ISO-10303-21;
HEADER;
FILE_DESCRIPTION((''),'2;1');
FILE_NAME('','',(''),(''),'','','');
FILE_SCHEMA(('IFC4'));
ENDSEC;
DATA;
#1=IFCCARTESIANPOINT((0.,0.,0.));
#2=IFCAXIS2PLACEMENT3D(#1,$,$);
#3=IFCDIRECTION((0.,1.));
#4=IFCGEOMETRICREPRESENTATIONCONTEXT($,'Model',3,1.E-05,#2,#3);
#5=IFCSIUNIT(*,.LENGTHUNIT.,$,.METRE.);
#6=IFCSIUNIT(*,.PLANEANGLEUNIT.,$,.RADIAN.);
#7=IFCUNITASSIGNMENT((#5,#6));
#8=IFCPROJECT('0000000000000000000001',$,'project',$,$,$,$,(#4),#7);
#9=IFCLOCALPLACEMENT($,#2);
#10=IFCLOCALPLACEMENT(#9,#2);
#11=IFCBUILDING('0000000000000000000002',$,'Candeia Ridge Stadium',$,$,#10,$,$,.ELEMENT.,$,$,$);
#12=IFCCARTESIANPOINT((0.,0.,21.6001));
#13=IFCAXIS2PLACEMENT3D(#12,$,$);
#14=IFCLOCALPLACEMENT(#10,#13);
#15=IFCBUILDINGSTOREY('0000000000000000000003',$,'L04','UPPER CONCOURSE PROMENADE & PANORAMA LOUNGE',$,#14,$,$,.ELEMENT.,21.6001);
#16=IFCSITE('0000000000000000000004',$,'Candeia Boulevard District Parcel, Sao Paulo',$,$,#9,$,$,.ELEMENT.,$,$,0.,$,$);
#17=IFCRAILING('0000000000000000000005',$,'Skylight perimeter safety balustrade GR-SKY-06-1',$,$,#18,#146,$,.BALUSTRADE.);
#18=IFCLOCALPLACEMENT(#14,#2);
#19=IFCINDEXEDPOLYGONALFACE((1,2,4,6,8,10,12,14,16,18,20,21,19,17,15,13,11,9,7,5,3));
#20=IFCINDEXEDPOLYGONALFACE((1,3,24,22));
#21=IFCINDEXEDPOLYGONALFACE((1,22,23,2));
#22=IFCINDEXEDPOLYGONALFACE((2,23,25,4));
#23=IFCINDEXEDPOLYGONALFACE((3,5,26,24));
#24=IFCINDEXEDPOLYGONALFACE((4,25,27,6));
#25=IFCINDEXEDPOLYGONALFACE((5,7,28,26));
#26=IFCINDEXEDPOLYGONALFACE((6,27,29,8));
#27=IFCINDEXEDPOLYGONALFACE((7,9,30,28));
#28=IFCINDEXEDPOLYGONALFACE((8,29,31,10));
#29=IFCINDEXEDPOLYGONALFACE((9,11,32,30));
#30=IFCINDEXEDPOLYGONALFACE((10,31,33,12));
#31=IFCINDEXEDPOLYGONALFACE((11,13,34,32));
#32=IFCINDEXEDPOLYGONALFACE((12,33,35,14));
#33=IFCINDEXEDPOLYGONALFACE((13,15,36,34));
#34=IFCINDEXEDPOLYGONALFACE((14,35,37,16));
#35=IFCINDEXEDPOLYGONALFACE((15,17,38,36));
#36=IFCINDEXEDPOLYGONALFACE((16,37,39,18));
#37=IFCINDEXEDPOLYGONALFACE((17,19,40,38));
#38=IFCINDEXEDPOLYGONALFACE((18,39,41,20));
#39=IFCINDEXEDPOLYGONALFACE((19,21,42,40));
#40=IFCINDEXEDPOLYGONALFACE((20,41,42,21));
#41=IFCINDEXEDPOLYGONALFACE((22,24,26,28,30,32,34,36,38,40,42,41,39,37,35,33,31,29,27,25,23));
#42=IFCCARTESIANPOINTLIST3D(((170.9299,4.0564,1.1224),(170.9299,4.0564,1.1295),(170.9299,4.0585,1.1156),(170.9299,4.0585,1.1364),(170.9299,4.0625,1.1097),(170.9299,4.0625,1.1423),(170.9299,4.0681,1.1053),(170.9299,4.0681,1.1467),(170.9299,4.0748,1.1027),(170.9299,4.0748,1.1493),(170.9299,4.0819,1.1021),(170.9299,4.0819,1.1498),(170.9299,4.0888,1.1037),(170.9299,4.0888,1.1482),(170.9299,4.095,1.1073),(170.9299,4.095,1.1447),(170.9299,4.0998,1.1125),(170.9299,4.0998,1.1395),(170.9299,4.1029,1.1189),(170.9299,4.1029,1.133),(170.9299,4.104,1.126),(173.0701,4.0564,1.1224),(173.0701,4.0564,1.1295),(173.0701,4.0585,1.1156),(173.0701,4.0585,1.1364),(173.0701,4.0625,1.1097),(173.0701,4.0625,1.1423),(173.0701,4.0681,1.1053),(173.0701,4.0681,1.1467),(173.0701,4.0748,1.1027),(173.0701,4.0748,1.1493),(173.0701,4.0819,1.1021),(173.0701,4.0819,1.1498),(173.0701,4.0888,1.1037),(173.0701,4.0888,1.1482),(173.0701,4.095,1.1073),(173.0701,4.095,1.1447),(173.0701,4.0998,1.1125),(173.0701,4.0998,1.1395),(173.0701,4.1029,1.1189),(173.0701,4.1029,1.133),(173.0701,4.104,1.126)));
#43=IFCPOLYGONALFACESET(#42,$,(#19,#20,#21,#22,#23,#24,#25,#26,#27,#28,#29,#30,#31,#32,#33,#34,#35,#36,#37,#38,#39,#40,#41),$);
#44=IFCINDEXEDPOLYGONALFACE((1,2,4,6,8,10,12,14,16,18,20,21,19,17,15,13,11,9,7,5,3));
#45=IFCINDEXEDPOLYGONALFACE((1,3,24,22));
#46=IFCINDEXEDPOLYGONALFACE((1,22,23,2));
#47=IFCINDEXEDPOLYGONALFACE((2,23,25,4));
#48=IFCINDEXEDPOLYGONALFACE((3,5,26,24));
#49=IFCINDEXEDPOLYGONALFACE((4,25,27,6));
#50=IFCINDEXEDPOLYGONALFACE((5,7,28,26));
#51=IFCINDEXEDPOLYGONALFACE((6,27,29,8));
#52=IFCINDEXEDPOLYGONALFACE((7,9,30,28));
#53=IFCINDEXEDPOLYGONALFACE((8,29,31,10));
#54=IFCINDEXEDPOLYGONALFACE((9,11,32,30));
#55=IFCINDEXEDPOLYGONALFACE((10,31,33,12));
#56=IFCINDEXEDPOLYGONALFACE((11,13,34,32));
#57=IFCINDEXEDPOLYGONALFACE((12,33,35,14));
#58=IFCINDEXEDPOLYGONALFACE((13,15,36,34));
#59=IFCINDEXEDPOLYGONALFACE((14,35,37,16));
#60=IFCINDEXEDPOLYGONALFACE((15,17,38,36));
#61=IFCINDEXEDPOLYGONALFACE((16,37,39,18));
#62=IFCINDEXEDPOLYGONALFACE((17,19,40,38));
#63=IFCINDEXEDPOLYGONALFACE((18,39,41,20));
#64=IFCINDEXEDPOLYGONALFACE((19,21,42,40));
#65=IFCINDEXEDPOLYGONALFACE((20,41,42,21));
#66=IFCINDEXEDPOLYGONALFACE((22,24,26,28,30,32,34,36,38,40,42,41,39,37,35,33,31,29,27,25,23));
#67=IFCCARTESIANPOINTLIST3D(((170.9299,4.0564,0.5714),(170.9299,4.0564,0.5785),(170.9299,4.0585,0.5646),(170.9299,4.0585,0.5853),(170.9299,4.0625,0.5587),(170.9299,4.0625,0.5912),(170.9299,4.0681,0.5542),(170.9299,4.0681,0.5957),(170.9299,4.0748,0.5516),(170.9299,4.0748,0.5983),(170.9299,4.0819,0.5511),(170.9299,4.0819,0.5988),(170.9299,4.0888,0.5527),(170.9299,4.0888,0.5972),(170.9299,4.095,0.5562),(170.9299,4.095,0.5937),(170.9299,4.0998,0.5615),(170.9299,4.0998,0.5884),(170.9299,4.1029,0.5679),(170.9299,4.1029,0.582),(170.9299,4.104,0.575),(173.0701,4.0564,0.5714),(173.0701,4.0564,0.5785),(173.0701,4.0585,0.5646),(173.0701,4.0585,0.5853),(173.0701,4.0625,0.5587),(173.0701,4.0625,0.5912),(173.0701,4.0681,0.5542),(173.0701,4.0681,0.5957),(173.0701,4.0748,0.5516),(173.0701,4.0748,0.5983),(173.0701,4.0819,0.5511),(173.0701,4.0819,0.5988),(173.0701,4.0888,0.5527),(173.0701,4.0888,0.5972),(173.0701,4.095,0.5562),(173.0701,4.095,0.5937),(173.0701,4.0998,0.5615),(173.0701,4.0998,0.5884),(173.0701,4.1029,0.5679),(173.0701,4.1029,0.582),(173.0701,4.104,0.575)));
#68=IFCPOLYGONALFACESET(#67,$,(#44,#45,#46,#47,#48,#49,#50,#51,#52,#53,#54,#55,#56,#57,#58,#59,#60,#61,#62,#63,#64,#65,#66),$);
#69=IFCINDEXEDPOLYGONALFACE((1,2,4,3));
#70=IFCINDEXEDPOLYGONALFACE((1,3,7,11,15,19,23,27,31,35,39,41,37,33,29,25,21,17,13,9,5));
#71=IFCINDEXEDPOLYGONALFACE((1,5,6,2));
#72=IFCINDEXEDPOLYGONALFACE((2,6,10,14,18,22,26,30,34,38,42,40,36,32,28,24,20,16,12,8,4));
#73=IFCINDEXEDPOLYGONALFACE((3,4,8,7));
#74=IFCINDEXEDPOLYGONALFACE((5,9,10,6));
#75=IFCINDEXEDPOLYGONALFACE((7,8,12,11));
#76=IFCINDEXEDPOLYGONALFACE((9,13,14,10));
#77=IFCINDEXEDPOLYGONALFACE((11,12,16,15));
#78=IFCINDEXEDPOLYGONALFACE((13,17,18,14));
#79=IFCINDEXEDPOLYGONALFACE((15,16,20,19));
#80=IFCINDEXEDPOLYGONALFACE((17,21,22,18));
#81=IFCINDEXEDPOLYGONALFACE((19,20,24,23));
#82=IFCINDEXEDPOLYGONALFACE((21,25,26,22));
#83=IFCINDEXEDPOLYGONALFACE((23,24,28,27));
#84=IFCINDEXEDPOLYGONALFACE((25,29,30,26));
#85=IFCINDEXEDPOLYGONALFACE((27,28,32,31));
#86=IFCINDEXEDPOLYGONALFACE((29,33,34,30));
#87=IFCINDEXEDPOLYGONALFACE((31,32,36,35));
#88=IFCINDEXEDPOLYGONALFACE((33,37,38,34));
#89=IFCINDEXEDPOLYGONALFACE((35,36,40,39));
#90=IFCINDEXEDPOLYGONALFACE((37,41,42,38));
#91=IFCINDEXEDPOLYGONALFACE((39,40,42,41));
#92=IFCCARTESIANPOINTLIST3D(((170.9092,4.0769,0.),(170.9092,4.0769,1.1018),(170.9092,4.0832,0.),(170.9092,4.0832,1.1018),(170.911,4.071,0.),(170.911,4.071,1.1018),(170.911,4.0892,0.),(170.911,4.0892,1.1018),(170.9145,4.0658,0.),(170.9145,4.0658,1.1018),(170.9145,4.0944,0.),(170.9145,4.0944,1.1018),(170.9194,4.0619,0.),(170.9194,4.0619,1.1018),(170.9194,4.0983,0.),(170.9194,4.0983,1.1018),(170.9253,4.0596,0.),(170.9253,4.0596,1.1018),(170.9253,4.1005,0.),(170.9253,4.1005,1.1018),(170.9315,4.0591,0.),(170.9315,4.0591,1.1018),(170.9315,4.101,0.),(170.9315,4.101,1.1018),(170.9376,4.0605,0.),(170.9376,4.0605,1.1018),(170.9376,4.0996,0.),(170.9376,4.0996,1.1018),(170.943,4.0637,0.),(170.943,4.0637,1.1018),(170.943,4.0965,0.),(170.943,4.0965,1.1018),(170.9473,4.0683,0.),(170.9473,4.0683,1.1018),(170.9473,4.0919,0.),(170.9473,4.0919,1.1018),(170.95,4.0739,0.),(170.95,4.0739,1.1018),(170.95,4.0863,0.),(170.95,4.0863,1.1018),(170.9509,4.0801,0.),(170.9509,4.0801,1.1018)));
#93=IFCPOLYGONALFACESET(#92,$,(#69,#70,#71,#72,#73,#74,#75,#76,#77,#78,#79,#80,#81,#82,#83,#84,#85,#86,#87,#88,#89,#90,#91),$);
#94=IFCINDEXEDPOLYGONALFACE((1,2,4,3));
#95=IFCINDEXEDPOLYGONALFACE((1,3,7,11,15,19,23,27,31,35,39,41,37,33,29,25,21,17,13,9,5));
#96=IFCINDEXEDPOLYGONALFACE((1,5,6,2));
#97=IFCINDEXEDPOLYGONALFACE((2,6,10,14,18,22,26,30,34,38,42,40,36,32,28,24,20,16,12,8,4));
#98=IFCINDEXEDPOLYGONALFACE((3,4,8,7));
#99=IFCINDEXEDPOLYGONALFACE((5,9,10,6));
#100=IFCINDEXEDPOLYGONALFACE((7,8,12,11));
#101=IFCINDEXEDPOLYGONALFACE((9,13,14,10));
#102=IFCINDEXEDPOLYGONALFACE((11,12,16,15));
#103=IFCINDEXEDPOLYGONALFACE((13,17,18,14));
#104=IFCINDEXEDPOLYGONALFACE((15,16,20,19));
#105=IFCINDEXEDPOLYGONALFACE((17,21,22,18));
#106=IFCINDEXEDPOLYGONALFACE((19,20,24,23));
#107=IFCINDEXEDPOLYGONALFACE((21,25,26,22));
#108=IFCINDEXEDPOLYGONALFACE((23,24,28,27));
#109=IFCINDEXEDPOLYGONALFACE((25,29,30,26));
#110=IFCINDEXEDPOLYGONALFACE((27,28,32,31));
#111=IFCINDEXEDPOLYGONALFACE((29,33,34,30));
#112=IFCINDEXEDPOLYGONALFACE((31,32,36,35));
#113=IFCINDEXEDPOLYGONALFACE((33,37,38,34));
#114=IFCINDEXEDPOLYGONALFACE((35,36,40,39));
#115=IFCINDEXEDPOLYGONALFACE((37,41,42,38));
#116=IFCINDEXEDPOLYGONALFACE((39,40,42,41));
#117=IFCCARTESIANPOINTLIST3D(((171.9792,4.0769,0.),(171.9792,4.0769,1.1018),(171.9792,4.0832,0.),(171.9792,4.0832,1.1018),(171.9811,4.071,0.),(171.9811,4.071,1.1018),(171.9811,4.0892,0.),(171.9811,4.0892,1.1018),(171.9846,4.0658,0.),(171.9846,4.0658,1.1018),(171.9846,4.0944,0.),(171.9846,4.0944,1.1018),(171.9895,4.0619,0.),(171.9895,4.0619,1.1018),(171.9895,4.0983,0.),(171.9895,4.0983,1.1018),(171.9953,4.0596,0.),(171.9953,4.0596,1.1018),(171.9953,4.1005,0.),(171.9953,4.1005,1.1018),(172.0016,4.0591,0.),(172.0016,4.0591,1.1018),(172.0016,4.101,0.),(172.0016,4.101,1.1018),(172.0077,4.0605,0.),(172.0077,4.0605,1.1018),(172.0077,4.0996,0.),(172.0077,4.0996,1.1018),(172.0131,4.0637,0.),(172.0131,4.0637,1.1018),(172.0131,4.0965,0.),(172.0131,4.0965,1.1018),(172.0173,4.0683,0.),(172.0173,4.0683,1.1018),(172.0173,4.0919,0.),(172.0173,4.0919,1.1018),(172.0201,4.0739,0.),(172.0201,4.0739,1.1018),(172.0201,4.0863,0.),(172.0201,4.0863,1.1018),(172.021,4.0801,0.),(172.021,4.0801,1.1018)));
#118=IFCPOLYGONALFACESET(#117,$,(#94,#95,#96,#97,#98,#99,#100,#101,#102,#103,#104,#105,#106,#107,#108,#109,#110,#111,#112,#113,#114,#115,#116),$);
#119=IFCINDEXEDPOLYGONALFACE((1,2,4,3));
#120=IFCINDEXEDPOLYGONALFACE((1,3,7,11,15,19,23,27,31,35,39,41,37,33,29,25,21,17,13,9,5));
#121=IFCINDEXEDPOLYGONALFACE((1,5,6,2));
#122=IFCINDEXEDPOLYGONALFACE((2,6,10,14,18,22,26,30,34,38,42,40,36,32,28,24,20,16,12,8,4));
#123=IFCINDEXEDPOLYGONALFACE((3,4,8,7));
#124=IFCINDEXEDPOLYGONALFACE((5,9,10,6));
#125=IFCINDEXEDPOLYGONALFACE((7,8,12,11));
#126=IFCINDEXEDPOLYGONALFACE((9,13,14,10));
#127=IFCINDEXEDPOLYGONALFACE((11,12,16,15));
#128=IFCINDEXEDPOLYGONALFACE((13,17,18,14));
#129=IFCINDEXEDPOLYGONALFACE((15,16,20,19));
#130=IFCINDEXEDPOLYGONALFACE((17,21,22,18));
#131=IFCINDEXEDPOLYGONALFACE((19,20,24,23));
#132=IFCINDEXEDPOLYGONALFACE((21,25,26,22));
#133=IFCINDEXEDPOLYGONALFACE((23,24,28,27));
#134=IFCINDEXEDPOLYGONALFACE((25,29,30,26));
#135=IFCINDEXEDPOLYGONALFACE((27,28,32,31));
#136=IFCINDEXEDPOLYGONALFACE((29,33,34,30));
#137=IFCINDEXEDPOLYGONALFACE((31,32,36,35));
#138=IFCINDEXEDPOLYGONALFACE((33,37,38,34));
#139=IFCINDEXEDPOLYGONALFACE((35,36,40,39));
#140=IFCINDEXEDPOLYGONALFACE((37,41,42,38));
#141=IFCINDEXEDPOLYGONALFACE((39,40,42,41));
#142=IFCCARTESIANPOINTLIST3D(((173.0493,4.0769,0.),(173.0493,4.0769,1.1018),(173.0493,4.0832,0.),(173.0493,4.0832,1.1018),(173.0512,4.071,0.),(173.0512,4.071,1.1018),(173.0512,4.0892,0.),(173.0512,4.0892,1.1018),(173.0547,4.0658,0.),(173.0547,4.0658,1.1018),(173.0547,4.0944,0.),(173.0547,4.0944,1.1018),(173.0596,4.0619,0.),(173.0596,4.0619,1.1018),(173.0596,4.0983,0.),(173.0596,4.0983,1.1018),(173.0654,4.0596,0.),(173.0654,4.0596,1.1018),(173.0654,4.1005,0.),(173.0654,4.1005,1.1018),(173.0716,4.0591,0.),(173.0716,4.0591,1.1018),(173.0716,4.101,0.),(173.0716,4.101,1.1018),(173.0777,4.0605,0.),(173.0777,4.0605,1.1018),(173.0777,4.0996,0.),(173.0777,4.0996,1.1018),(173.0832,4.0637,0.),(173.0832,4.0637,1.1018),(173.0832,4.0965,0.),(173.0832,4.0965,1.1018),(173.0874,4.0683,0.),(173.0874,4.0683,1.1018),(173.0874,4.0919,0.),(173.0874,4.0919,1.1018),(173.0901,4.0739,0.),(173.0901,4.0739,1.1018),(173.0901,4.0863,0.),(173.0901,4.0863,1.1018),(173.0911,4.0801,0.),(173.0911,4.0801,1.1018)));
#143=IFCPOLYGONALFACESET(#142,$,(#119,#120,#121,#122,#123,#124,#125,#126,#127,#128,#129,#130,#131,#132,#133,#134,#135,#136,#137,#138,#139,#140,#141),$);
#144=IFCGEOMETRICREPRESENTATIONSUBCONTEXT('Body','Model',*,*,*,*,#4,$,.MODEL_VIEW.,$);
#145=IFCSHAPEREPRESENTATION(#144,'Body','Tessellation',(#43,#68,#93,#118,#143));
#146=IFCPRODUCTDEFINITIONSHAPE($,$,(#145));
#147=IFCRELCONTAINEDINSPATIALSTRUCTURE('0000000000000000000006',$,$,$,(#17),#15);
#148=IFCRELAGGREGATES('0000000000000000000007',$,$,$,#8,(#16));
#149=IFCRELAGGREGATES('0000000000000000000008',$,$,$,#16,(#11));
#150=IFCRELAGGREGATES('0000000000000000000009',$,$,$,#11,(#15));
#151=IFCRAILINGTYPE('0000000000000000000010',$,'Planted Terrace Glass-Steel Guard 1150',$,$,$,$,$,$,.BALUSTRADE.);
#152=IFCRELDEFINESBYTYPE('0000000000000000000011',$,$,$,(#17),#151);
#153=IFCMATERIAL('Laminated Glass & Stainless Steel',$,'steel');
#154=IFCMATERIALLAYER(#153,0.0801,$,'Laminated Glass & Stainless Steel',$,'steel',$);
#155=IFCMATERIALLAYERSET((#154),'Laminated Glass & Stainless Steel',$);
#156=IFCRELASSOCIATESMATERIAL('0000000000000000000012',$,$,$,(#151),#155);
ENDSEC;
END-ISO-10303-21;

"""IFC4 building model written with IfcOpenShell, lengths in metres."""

from ifc_helpers import new_model, si_unit, direction, frame, origin, origin_2d, place, context, subcontext, project, spatial, circle, extrude, material, layer, layer_set, type_object, element, save


model = new_model("IFC4")

# Units and contexts
model_context = context("Model", 3, precision=1e-05, world=origin(), true_north=direction((0.0, 1.0)))
body_context = subcontext(model_context, "Body", "Model", "MODEL_VIEW")
ifc_project = project(units=[si_unit("LENGTHUNIT", "METRE"), si_unit("PLANEANGLEUNIT", "RADIAN")], contexts=[model_context])

# Site, building, storey
site_placement = place(None, origin())
site = spatial("IfcSite", under=ifc_project, at=site_placement, Name="Candeia Boulevard District Parcel, Sao Paulo", CompositionType="ELEMENT", RefElevation=0.0)
building_placement = place(site_placement, origin())
building = spatial("IfcBuilding", under=site, at=building_placement, Name="Candeia Ridge Stadium", CompositionType="ELEMENT")
storey_placement = place(building_placement, frame((0.0, 0.0, 21.6001)))
storey = spatial("IfcBuildingStorey", under=building, at=storey_placement, Name="L04", Description="UPPER CONCOURSE PROMENADE & PANORAMA LOUNGE", CompositionType="ELEMENT", Elevation=21.6001)

# Railing
ifc_material_1 = material(Name="Laminated Glass & Stainless Steel", Category="steel")
ifc_layer_1 = layer(ifc_material_1, 0.0801, Name="Laminated Glass & Stainless Steel", Category="steel")
ifc_layer_set_1 = layer_set([ifc_layer_1], Name="Laminated Glass & Stainless Steel")
railing_type_1 = type_object("IfcRailingType", Name="Planted Terrace Glass-Steel Guard 1150", PredefinedType="BALUSTRADE", material=ifc_layer_set_1)
railing_1_placement = place(storey_placement, frame((170.9299, 4.0801, 0.0)))
element("IfcRailing", 1, at=railing_1_placement, inside=storey, type_object=railing_type_1, Name="Skylight perimeter safety balustrade GR-SKY-06-1", PredefinedType="BALUSTRADE", context=body_context, shape_type="SweptSolid", body=[
    extrude(circle(Radius=0.0239, at=origin_2d()), frame((0.0, 0.0, 1.126), z_axis=(1.0, 0.0, 0.0), x_axis=(0.0, 1.0, 0.0)), (0.0, 0.0, 1.0), 2.1401),
    extrude(circle(Radius=0.0239, at=origin_2d()), frame((0.0, 0.0, 0.575), z_axis=(1.0, 0.0, 0.0), x_axis=(0.0, 1.0, 0.0)), (0.0, 0.0, 1.0), 2.1401),
    extrude(circle(Radius=0.021, at=origin_2d()), origin(), (0.0, 0.0, 1.0), 1.1018),
    extrude(circle(Radius=0.021, at=origin_2d()), frame((1.0701, 0.0, 0.0)), (0.0, 0.0, 1.0), 1.1018),
    extrude(circle(Radius=0.021, at=origin_2d()), frame((2.1401, 0.0, 0.0)), (0.0, 0.0, 1.0), 1.1018),
])

save(model, "model.ifc")
